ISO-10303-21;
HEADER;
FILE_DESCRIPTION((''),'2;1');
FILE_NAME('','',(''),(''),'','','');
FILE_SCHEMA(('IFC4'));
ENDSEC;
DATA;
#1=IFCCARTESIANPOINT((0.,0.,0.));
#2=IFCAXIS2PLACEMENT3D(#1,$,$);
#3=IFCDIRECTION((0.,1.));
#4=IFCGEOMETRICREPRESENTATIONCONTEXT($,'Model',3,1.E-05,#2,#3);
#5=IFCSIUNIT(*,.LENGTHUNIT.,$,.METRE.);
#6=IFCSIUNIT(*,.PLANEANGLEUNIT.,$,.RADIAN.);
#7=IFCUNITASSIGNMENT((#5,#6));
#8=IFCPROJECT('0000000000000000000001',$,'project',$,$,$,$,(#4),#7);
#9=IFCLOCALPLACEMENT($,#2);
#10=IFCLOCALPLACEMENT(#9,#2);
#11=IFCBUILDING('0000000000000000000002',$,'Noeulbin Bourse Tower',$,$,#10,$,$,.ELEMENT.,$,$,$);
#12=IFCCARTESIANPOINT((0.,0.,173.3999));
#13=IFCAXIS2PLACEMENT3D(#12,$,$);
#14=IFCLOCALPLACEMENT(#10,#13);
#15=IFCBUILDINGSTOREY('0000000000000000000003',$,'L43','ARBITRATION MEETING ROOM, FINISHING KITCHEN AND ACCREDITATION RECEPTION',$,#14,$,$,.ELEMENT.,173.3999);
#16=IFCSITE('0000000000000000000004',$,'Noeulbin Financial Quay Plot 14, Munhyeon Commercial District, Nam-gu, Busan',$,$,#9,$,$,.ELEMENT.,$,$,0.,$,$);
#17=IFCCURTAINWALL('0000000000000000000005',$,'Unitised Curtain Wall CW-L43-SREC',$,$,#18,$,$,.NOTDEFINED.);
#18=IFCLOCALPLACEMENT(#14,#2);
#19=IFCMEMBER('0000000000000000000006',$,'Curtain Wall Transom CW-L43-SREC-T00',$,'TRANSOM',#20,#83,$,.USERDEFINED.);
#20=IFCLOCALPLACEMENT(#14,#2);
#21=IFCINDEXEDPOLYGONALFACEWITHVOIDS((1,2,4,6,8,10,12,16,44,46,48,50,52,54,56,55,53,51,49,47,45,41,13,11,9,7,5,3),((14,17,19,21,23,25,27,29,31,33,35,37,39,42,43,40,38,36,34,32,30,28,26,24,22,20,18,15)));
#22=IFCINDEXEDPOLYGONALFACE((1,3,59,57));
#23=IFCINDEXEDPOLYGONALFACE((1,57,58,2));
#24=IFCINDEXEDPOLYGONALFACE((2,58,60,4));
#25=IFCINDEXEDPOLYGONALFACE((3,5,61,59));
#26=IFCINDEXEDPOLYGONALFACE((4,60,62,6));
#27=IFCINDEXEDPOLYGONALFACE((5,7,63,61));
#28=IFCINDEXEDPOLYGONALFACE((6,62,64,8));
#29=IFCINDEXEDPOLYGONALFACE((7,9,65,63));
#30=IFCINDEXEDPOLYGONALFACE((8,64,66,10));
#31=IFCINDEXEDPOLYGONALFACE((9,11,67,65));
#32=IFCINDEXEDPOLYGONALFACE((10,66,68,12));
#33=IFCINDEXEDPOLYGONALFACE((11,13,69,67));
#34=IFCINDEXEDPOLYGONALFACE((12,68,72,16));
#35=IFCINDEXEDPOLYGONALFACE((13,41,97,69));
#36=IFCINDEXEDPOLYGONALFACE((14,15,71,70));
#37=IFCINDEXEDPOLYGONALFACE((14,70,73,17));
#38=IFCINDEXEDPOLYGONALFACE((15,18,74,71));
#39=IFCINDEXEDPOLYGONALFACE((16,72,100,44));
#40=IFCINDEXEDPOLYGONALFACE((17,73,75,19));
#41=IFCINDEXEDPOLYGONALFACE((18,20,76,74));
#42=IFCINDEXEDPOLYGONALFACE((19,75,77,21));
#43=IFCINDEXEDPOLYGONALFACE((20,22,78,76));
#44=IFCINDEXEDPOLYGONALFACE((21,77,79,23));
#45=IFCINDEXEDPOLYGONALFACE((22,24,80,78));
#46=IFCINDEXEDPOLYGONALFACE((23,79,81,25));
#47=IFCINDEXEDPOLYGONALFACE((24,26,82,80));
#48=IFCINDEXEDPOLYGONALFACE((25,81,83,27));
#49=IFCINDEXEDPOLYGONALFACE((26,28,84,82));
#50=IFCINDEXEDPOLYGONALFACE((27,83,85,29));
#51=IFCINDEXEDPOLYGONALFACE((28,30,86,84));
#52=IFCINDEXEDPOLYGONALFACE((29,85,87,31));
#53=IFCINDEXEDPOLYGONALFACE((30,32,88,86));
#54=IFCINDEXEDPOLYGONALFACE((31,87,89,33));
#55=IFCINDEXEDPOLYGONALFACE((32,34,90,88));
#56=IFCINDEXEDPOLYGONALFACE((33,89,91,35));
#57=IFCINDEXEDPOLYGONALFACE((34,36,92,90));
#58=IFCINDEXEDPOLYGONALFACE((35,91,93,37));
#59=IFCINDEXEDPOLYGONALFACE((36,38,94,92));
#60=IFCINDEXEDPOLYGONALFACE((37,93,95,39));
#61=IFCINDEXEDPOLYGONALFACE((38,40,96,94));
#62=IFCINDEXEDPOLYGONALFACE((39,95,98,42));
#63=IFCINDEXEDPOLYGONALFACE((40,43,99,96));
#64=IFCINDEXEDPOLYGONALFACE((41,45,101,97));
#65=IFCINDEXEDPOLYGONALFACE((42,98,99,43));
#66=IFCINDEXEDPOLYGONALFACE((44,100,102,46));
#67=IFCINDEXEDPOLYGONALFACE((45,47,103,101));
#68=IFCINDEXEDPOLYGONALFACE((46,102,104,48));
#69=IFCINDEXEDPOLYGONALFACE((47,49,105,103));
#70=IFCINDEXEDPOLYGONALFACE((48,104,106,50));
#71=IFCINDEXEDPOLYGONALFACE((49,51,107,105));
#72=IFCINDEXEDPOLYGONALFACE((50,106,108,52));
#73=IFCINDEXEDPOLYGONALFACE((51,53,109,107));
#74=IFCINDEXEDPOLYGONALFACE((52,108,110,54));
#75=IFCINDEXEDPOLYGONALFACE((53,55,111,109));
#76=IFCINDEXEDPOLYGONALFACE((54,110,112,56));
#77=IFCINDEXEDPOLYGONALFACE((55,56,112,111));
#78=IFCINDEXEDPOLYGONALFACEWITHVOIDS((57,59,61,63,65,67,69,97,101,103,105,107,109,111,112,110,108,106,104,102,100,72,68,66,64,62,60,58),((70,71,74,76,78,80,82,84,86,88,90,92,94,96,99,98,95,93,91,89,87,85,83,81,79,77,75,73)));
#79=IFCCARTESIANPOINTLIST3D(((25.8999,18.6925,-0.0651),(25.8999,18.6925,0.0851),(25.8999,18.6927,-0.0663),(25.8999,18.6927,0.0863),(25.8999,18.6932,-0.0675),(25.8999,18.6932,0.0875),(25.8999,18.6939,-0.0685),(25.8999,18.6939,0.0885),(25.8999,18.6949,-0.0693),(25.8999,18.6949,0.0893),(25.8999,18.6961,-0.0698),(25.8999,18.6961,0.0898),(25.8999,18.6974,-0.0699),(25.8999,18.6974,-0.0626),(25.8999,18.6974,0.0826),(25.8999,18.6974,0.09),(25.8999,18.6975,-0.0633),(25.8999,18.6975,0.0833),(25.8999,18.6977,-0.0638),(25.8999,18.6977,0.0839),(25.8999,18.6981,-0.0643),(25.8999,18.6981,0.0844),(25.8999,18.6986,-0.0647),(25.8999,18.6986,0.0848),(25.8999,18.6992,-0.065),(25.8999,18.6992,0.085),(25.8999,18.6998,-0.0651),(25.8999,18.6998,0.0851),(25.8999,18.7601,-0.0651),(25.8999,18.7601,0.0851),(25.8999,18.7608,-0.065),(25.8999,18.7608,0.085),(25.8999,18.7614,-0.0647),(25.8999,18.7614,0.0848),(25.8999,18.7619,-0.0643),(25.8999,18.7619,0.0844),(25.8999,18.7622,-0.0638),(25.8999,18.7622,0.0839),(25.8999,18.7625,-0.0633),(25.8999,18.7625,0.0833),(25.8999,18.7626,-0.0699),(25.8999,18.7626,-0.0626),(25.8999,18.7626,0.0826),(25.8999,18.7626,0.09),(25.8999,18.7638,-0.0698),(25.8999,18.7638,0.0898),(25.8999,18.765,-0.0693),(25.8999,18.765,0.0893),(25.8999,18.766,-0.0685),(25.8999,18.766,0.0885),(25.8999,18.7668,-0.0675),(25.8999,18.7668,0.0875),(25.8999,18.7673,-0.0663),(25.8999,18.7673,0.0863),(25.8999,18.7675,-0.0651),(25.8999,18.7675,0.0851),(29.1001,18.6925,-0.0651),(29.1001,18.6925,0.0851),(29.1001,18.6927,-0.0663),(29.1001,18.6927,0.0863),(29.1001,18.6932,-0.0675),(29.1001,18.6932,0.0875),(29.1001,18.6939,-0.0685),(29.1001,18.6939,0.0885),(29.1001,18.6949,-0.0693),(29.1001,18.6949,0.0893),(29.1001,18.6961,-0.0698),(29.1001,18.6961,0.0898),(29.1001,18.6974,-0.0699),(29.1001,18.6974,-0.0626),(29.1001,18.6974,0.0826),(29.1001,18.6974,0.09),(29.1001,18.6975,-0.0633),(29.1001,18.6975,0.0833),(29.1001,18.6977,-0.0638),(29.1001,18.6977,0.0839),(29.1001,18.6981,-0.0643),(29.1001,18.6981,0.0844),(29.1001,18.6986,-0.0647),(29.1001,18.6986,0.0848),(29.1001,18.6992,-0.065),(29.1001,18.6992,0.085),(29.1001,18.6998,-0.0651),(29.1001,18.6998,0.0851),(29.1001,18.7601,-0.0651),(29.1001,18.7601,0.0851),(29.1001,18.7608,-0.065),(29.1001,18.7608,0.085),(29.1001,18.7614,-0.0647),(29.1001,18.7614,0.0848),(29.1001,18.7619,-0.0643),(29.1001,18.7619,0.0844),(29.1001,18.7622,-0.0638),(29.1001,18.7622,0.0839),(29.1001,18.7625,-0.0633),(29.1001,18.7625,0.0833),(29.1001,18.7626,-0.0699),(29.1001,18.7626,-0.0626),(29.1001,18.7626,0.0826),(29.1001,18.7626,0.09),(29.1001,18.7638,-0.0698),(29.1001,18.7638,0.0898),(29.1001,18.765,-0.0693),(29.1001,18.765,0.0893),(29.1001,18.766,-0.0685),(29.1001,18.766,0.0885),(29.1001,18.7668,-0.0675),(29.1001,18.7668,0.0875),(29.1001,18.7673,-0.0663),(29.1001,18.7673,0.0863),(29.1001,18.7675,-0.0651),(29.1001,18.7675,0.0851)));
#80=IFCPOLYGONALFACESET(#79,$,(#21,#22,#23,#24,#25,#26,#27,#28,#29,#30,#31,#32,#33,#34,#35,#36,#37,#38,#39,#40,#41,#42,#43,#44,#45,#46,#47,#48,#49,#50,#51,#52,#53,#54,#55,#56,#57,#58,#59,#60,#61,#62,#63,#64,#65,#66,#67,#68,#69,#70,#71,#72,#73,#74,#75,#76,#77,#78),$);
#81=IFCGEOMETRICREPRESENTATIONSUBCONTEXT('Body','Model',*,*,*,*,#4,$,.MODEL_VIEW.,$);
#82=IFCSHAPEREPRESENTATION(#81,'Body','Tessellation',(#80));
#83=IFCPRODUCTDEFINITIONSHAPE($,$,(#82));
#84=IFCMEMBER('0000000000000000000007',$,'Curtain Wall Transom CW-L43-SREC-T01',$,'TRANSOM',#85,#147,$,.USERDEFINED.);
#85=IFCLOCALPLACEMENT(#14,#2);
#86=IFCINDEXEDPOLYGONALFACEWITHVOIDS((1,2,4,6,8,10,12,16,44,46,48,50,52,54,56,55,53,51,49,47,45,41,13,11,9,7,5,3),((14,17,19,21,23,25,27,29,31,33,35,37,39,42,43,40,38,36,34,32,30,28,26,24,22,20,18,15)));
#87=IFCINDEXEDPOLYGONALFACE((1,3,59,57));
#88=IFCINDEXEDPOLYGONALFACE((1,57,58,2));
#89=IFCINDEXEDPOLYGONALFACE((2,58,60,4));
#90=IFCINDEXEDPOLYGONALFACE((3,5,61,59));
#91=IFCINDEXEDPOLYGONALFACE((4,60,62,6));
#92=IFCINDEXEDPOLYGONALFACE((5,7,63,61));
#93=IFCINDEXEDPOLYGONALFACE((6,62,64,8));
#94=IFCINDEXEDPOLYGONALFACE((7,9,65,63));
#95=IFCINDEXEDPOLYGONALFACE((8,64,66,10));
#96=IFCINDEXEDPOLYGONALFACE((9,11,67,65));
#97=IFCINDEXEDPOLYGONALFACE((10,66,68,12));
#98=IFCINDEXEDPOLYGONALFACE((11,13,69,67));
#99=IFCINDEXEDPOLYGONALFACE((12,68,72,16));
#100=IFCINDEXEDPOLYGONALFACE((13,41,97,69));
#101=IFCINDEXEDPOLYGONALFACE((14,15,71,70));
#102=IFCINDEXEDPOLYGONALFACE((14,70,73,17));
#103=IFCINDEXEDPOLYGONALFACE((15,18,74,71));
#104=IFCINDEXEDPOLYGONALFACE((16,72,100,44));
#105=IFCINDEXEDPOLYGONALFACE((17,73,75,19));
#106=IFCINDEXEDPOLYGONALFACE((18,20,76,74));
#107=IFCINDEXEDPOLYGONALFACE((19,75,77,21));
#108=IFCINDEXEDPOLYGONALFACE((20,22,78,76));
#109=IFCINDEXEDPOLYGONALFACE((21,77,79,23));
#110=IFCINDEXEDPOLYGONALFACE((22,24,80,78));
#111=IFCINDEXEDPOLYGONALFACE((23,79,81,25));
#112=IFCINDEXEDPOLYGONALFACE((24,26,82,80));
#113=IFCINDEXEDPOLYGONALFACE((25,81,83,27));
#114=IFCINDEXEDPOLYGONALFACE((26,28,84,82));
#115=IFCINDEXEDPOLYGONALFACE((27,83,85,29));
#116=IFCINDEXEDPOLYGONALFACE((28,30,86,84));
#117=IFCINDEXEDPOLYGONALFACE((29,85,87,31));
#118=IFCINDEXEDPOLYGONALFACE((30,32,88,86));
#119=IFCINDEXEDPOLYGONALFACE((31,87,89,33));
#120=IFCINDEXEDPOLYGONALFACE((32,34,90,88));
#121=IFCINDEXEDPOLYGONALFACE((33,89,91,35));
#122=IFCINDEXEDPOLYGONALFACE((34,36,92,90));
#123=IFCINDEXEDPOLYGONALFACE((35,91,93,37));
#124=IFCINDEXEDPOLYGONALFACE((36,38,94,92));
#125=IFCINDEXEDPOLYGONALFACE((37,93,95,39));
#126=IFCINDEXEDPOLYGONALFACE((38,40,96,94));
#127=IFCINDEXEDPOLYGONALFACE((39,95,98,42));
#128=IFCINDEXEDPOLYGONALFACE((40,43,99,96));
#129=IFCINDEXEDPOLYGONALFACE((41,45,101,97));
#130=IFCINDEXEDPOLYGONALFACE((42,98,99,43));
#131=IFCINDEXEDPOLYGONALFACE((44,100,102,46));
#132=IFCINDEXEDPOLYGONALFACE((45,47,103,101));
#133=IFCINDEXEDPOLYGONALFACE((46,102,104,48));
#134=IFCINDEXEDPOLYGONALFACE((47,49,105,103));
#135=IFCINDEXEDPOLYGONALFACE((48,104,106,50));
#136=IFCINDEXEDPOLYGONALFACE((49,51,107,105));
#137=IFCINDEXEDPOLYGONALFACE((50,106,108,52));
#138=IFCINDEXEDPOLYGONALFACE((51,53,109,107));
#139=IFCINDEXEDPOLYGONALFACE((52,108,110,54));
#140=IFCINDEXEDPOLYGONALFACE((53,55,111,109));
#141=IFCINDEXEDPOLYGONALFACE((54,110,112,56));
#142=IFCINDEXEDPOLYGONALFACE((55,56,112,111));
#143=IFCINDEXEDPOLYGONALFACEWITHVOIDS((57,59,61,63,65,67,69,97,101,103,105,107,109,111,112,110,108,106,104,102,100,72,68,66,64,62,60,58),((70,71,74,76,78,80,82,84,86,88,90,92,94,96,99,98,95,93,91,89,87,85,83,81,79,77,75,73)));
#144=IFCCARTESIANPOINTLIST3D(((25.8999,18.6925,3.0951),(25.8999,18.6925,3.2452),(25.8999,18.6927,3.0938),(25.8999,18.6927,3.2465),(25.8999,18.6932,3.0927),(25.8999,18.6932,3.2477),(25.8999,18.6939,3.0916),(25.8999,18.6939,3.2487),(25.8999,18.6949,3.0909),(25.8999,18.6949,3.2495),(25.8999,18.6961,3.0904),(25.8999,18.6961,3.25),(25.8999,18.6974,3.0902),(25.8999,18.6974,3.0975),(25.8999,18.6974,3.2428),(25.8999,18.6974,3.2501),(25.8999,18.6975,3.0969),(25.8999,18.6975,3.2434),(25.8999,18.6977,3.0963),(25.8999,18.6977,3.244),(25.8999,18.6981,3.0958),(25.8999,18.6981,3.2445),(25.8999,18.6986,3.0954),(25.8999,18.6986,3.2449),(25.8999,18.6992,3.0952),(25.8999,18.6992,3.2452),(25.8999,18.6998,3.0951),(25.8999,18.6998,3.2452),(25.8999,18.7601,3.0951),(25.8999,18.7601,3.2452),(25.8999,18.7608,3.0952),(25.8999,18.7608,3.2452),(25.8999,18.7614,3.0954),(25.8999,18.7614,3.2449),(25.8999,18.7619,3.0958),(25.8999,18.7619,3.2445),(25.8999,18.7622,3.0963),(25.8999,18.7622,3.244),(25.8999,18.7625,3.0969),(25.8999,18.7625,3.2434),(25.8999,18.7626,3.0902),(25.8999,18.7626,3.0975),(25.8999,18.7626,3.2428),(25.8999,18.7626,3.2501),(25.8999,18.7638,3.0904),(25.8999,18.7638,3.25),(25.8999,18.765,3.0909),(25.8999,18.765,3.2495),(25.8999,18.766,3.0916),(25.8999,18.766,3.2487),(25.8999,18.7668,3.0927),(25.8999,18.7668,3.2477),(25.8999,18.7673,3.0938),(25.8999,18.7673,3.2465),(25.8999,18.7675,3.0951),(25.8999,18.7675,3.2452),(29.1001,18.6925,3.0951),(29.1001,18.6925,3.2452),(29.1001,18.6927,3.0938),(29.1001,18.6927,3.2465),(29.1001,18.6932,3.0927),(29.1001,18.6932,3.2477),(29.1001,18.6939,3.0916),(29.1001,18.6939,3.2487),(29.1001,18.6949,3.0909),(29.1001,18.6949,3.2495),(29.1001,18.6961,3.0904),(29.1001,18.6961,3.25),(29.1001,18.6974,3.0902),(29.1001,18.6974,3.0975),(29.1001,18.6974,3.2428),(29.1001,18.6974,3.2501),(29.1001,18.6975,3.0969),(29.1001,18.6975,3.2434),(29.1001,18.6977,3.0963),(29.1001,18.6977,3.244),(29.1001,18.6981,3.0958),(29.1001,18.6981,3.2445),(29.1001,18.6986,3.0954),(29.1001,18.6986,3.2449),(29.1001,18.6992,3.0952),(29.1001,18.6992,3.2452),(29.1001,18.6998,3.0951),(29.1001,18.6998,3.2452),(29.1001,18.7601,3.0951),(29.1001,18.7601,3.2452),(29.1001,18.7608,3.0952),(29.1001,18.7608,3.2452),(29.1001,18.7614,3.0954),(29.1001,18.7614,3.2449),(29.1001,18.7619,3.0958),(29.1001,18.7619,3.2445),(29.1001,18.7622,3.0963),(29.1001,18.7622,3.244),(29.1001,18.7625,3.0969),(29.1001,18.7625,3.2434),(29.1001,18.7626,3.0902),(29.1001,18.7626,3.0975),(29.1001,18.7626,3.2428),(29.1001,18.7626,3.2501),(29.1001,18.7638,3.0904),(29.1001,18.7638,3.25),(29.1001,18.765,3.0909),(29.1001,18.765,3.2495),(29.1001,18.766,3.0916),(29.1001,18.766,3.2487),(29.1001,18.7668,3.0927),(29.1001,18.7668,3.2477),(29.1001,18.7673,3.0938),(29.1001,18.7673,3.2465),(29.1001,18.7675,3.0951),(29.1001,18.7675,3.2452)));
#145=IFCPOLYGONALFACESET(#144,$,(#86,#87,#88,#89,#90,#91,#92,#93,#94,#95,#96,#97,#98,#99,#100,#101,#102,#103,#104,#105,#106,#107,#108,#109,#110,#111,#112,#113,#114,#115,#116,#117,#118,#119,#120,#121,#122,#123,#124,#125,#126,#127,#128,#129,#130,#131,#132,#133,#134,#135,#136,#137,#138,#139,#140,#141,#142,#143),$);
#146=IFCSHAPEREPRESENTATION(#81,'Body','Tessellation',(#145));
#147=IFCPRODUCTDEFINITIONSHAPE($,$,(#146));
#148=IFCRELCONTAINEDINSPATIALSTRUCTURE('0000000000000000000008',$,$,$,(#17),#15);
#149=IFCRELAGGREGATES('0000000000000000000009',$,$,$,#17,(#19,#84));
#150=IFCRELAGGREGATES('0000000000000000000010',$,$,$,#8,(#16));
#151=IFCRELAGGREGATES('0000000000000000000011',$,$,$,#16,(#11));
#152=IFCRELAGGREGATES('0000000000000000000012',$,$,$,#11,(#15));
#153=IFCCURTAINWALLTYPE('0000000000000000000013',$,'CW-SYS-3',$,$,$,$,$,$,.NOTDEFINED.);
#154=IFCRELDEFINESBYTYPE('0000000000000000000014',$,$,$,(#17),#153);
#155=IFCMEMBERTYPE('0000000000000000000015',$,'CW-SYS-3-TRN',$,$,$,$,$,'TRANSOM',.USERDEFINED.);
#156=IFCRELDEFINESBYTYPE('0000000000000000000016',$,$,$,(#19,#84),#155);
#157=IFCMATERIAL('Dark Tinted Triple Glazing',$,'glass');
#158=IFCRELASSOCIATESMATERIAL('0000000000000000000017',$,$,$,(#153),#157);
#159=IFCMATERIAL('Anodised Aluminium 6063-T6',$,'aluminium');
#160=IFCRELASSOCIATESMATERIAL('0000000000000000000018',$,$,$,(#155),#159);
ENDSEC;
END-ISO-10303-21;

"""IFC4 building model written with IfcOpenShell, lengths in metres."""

from ifc_helpers import new_model, si_unit, direction, frame, origin, origin_2d, place, context, subcontext, project, spatial, hollow_rectangle, extrude, material, material_profile, profile_set, type_object, element, aggregate, save


model = new_model("IFC4")

# Units and contexts
model_context = context("Model", 3, precision=1e-05, world=origin(), true_north=direction((0.0, 1.0)))
body_context = subcontext(model_context, "Body", "Model", "MODEL_VIEW")
ifc_project = project(units=[si_unit("LENGTHUNIT", "METRE"), si_unit("PLANEANGLEUNIT", "RADIAN")], contexts=[model_context])

# Site, building, storey
site_placement = place(None, origin())
site = spatial("IfcSite", under=ifc_project, at=site_placement, Name="Noeulbin Financial Quay Plot 14, Munhyeon Commercial District, Nam-gu, Busan", CompositionType="ELEMENT", RefElevation=0.0)
building_placement = place(site_placement, origin())
building = spatial("IfcBuilding", under=site, at=building_placement, Name="Noeulbin Bourse Tower", CompositionType="ELEMENT")
storey_placement = place(building_placement, frame((0.0, 0.0, 173.3999)))
storey = spatial("IfcBuildingStorey", under=building, at=storey_placement, Name="L43", Description="ARBITRATION MEETING ROOM, FINISHING KITCHEN AND ACCREDITATION RECEPTION", CompositionType="ELEMENT", Elevation=173.3999)

# Curtain wall
ifc_material_1 = material(Name="Dark Tinted Triple Glazing", Category="glass")
curtain_wall_type = type_object("IfcCurtainWallType", Name="CW-SYS-3", PredefinedType="NOTDEFINED", material=ifc_material_1)
curtain_wall_1_placement = place(storey_placement, origin())
curtain_wall_1 = element("IfcCurtainWall", 1, at=curtain_wall_1_placement, inside=storey, type_object=curtain_wall_type, Name="Unitised Curtain Wall CW-L43-SREC", PredefinedType="NOTDEFINED")
ifc_material_2 = material(Name="Anodised Aluminium 6063-T6", Category="aluminium")

# Members
ifc_material_profile_1 = material_profile(ifc_material_2, hollow_rectangle(XDim=0.075, YDim=0.1599, WallThickness=0.0049, InnerFilletRadius=0.0024, OuterFilletRadius=0.0049, at=origin_2d()), Name="ALU-TRAN-75x160x5", Category="LoadBearing")
ifc_profile_set_1 = profile_set([ifc_material_profile_1], Name="Anodised Aluminium 6063-T6")
member_type_1 = type_object("IfcMemberType", Name="CW-SYS-3-TRN", ElementType="TRANSOM", PredefinedType="USERDEFINED", material=ifc_profile_set_1)
member_1_placement = place(storey_placement, frame((25.8999, 18.73, 0.01), z_axis=(1.0, 0.0, 0.0), x_axis=(0.0, 1.0, 0.0)))
member_1 = element("IfcMember", 2, at=member_1_placement, type_object=member_type_1, Name="Curtain Wall Transom CW-L43-SREC-T00", ObjectType="TRANSOM", PredefinedType="USERDEFINED", context=body_context, shape_type="SweptSolid", body=[
    extrude(hollow_rectangle(XDim=0.075, YDim=0.1599, WallThickness=0.0049, InnerFilletRadius=0.0024, OuterFilletRadius=0.0049, at=origin_2d()), origin(), (0.0, 0.0, 1.0), 3.2002),
])
member_2_placement = place(storey_placement, frame((25.8999, 18.73, 3.1702), z_axis=(1.0, 0.0, 0.0), x_axis=(0.0, 1.0, 0.0)))
member_2 = element("IfcMember", 3, at=member_2_placement, type_object=member_type_1, Name="Curtain Wall Transom CW-L43-SREC-T01", ObjectType="TRANSOM", PredefinedType="USERDEFINED", context=body_context, shape_type="SweptSolid", body=[
    extrude(hollow_rectangle(XDim=0.075, YDim=0.1599, WallThickness=0.0049, InnerFilletRadius=0.0024, OuterFilletRadius=0.0049, at=origin_2d()), origin(), (0.0, 0.0, 1.0), 3.2002),
])

aggregate(curtain_wall_1, [member_1, member_2])

save(model, "model.ifc")
